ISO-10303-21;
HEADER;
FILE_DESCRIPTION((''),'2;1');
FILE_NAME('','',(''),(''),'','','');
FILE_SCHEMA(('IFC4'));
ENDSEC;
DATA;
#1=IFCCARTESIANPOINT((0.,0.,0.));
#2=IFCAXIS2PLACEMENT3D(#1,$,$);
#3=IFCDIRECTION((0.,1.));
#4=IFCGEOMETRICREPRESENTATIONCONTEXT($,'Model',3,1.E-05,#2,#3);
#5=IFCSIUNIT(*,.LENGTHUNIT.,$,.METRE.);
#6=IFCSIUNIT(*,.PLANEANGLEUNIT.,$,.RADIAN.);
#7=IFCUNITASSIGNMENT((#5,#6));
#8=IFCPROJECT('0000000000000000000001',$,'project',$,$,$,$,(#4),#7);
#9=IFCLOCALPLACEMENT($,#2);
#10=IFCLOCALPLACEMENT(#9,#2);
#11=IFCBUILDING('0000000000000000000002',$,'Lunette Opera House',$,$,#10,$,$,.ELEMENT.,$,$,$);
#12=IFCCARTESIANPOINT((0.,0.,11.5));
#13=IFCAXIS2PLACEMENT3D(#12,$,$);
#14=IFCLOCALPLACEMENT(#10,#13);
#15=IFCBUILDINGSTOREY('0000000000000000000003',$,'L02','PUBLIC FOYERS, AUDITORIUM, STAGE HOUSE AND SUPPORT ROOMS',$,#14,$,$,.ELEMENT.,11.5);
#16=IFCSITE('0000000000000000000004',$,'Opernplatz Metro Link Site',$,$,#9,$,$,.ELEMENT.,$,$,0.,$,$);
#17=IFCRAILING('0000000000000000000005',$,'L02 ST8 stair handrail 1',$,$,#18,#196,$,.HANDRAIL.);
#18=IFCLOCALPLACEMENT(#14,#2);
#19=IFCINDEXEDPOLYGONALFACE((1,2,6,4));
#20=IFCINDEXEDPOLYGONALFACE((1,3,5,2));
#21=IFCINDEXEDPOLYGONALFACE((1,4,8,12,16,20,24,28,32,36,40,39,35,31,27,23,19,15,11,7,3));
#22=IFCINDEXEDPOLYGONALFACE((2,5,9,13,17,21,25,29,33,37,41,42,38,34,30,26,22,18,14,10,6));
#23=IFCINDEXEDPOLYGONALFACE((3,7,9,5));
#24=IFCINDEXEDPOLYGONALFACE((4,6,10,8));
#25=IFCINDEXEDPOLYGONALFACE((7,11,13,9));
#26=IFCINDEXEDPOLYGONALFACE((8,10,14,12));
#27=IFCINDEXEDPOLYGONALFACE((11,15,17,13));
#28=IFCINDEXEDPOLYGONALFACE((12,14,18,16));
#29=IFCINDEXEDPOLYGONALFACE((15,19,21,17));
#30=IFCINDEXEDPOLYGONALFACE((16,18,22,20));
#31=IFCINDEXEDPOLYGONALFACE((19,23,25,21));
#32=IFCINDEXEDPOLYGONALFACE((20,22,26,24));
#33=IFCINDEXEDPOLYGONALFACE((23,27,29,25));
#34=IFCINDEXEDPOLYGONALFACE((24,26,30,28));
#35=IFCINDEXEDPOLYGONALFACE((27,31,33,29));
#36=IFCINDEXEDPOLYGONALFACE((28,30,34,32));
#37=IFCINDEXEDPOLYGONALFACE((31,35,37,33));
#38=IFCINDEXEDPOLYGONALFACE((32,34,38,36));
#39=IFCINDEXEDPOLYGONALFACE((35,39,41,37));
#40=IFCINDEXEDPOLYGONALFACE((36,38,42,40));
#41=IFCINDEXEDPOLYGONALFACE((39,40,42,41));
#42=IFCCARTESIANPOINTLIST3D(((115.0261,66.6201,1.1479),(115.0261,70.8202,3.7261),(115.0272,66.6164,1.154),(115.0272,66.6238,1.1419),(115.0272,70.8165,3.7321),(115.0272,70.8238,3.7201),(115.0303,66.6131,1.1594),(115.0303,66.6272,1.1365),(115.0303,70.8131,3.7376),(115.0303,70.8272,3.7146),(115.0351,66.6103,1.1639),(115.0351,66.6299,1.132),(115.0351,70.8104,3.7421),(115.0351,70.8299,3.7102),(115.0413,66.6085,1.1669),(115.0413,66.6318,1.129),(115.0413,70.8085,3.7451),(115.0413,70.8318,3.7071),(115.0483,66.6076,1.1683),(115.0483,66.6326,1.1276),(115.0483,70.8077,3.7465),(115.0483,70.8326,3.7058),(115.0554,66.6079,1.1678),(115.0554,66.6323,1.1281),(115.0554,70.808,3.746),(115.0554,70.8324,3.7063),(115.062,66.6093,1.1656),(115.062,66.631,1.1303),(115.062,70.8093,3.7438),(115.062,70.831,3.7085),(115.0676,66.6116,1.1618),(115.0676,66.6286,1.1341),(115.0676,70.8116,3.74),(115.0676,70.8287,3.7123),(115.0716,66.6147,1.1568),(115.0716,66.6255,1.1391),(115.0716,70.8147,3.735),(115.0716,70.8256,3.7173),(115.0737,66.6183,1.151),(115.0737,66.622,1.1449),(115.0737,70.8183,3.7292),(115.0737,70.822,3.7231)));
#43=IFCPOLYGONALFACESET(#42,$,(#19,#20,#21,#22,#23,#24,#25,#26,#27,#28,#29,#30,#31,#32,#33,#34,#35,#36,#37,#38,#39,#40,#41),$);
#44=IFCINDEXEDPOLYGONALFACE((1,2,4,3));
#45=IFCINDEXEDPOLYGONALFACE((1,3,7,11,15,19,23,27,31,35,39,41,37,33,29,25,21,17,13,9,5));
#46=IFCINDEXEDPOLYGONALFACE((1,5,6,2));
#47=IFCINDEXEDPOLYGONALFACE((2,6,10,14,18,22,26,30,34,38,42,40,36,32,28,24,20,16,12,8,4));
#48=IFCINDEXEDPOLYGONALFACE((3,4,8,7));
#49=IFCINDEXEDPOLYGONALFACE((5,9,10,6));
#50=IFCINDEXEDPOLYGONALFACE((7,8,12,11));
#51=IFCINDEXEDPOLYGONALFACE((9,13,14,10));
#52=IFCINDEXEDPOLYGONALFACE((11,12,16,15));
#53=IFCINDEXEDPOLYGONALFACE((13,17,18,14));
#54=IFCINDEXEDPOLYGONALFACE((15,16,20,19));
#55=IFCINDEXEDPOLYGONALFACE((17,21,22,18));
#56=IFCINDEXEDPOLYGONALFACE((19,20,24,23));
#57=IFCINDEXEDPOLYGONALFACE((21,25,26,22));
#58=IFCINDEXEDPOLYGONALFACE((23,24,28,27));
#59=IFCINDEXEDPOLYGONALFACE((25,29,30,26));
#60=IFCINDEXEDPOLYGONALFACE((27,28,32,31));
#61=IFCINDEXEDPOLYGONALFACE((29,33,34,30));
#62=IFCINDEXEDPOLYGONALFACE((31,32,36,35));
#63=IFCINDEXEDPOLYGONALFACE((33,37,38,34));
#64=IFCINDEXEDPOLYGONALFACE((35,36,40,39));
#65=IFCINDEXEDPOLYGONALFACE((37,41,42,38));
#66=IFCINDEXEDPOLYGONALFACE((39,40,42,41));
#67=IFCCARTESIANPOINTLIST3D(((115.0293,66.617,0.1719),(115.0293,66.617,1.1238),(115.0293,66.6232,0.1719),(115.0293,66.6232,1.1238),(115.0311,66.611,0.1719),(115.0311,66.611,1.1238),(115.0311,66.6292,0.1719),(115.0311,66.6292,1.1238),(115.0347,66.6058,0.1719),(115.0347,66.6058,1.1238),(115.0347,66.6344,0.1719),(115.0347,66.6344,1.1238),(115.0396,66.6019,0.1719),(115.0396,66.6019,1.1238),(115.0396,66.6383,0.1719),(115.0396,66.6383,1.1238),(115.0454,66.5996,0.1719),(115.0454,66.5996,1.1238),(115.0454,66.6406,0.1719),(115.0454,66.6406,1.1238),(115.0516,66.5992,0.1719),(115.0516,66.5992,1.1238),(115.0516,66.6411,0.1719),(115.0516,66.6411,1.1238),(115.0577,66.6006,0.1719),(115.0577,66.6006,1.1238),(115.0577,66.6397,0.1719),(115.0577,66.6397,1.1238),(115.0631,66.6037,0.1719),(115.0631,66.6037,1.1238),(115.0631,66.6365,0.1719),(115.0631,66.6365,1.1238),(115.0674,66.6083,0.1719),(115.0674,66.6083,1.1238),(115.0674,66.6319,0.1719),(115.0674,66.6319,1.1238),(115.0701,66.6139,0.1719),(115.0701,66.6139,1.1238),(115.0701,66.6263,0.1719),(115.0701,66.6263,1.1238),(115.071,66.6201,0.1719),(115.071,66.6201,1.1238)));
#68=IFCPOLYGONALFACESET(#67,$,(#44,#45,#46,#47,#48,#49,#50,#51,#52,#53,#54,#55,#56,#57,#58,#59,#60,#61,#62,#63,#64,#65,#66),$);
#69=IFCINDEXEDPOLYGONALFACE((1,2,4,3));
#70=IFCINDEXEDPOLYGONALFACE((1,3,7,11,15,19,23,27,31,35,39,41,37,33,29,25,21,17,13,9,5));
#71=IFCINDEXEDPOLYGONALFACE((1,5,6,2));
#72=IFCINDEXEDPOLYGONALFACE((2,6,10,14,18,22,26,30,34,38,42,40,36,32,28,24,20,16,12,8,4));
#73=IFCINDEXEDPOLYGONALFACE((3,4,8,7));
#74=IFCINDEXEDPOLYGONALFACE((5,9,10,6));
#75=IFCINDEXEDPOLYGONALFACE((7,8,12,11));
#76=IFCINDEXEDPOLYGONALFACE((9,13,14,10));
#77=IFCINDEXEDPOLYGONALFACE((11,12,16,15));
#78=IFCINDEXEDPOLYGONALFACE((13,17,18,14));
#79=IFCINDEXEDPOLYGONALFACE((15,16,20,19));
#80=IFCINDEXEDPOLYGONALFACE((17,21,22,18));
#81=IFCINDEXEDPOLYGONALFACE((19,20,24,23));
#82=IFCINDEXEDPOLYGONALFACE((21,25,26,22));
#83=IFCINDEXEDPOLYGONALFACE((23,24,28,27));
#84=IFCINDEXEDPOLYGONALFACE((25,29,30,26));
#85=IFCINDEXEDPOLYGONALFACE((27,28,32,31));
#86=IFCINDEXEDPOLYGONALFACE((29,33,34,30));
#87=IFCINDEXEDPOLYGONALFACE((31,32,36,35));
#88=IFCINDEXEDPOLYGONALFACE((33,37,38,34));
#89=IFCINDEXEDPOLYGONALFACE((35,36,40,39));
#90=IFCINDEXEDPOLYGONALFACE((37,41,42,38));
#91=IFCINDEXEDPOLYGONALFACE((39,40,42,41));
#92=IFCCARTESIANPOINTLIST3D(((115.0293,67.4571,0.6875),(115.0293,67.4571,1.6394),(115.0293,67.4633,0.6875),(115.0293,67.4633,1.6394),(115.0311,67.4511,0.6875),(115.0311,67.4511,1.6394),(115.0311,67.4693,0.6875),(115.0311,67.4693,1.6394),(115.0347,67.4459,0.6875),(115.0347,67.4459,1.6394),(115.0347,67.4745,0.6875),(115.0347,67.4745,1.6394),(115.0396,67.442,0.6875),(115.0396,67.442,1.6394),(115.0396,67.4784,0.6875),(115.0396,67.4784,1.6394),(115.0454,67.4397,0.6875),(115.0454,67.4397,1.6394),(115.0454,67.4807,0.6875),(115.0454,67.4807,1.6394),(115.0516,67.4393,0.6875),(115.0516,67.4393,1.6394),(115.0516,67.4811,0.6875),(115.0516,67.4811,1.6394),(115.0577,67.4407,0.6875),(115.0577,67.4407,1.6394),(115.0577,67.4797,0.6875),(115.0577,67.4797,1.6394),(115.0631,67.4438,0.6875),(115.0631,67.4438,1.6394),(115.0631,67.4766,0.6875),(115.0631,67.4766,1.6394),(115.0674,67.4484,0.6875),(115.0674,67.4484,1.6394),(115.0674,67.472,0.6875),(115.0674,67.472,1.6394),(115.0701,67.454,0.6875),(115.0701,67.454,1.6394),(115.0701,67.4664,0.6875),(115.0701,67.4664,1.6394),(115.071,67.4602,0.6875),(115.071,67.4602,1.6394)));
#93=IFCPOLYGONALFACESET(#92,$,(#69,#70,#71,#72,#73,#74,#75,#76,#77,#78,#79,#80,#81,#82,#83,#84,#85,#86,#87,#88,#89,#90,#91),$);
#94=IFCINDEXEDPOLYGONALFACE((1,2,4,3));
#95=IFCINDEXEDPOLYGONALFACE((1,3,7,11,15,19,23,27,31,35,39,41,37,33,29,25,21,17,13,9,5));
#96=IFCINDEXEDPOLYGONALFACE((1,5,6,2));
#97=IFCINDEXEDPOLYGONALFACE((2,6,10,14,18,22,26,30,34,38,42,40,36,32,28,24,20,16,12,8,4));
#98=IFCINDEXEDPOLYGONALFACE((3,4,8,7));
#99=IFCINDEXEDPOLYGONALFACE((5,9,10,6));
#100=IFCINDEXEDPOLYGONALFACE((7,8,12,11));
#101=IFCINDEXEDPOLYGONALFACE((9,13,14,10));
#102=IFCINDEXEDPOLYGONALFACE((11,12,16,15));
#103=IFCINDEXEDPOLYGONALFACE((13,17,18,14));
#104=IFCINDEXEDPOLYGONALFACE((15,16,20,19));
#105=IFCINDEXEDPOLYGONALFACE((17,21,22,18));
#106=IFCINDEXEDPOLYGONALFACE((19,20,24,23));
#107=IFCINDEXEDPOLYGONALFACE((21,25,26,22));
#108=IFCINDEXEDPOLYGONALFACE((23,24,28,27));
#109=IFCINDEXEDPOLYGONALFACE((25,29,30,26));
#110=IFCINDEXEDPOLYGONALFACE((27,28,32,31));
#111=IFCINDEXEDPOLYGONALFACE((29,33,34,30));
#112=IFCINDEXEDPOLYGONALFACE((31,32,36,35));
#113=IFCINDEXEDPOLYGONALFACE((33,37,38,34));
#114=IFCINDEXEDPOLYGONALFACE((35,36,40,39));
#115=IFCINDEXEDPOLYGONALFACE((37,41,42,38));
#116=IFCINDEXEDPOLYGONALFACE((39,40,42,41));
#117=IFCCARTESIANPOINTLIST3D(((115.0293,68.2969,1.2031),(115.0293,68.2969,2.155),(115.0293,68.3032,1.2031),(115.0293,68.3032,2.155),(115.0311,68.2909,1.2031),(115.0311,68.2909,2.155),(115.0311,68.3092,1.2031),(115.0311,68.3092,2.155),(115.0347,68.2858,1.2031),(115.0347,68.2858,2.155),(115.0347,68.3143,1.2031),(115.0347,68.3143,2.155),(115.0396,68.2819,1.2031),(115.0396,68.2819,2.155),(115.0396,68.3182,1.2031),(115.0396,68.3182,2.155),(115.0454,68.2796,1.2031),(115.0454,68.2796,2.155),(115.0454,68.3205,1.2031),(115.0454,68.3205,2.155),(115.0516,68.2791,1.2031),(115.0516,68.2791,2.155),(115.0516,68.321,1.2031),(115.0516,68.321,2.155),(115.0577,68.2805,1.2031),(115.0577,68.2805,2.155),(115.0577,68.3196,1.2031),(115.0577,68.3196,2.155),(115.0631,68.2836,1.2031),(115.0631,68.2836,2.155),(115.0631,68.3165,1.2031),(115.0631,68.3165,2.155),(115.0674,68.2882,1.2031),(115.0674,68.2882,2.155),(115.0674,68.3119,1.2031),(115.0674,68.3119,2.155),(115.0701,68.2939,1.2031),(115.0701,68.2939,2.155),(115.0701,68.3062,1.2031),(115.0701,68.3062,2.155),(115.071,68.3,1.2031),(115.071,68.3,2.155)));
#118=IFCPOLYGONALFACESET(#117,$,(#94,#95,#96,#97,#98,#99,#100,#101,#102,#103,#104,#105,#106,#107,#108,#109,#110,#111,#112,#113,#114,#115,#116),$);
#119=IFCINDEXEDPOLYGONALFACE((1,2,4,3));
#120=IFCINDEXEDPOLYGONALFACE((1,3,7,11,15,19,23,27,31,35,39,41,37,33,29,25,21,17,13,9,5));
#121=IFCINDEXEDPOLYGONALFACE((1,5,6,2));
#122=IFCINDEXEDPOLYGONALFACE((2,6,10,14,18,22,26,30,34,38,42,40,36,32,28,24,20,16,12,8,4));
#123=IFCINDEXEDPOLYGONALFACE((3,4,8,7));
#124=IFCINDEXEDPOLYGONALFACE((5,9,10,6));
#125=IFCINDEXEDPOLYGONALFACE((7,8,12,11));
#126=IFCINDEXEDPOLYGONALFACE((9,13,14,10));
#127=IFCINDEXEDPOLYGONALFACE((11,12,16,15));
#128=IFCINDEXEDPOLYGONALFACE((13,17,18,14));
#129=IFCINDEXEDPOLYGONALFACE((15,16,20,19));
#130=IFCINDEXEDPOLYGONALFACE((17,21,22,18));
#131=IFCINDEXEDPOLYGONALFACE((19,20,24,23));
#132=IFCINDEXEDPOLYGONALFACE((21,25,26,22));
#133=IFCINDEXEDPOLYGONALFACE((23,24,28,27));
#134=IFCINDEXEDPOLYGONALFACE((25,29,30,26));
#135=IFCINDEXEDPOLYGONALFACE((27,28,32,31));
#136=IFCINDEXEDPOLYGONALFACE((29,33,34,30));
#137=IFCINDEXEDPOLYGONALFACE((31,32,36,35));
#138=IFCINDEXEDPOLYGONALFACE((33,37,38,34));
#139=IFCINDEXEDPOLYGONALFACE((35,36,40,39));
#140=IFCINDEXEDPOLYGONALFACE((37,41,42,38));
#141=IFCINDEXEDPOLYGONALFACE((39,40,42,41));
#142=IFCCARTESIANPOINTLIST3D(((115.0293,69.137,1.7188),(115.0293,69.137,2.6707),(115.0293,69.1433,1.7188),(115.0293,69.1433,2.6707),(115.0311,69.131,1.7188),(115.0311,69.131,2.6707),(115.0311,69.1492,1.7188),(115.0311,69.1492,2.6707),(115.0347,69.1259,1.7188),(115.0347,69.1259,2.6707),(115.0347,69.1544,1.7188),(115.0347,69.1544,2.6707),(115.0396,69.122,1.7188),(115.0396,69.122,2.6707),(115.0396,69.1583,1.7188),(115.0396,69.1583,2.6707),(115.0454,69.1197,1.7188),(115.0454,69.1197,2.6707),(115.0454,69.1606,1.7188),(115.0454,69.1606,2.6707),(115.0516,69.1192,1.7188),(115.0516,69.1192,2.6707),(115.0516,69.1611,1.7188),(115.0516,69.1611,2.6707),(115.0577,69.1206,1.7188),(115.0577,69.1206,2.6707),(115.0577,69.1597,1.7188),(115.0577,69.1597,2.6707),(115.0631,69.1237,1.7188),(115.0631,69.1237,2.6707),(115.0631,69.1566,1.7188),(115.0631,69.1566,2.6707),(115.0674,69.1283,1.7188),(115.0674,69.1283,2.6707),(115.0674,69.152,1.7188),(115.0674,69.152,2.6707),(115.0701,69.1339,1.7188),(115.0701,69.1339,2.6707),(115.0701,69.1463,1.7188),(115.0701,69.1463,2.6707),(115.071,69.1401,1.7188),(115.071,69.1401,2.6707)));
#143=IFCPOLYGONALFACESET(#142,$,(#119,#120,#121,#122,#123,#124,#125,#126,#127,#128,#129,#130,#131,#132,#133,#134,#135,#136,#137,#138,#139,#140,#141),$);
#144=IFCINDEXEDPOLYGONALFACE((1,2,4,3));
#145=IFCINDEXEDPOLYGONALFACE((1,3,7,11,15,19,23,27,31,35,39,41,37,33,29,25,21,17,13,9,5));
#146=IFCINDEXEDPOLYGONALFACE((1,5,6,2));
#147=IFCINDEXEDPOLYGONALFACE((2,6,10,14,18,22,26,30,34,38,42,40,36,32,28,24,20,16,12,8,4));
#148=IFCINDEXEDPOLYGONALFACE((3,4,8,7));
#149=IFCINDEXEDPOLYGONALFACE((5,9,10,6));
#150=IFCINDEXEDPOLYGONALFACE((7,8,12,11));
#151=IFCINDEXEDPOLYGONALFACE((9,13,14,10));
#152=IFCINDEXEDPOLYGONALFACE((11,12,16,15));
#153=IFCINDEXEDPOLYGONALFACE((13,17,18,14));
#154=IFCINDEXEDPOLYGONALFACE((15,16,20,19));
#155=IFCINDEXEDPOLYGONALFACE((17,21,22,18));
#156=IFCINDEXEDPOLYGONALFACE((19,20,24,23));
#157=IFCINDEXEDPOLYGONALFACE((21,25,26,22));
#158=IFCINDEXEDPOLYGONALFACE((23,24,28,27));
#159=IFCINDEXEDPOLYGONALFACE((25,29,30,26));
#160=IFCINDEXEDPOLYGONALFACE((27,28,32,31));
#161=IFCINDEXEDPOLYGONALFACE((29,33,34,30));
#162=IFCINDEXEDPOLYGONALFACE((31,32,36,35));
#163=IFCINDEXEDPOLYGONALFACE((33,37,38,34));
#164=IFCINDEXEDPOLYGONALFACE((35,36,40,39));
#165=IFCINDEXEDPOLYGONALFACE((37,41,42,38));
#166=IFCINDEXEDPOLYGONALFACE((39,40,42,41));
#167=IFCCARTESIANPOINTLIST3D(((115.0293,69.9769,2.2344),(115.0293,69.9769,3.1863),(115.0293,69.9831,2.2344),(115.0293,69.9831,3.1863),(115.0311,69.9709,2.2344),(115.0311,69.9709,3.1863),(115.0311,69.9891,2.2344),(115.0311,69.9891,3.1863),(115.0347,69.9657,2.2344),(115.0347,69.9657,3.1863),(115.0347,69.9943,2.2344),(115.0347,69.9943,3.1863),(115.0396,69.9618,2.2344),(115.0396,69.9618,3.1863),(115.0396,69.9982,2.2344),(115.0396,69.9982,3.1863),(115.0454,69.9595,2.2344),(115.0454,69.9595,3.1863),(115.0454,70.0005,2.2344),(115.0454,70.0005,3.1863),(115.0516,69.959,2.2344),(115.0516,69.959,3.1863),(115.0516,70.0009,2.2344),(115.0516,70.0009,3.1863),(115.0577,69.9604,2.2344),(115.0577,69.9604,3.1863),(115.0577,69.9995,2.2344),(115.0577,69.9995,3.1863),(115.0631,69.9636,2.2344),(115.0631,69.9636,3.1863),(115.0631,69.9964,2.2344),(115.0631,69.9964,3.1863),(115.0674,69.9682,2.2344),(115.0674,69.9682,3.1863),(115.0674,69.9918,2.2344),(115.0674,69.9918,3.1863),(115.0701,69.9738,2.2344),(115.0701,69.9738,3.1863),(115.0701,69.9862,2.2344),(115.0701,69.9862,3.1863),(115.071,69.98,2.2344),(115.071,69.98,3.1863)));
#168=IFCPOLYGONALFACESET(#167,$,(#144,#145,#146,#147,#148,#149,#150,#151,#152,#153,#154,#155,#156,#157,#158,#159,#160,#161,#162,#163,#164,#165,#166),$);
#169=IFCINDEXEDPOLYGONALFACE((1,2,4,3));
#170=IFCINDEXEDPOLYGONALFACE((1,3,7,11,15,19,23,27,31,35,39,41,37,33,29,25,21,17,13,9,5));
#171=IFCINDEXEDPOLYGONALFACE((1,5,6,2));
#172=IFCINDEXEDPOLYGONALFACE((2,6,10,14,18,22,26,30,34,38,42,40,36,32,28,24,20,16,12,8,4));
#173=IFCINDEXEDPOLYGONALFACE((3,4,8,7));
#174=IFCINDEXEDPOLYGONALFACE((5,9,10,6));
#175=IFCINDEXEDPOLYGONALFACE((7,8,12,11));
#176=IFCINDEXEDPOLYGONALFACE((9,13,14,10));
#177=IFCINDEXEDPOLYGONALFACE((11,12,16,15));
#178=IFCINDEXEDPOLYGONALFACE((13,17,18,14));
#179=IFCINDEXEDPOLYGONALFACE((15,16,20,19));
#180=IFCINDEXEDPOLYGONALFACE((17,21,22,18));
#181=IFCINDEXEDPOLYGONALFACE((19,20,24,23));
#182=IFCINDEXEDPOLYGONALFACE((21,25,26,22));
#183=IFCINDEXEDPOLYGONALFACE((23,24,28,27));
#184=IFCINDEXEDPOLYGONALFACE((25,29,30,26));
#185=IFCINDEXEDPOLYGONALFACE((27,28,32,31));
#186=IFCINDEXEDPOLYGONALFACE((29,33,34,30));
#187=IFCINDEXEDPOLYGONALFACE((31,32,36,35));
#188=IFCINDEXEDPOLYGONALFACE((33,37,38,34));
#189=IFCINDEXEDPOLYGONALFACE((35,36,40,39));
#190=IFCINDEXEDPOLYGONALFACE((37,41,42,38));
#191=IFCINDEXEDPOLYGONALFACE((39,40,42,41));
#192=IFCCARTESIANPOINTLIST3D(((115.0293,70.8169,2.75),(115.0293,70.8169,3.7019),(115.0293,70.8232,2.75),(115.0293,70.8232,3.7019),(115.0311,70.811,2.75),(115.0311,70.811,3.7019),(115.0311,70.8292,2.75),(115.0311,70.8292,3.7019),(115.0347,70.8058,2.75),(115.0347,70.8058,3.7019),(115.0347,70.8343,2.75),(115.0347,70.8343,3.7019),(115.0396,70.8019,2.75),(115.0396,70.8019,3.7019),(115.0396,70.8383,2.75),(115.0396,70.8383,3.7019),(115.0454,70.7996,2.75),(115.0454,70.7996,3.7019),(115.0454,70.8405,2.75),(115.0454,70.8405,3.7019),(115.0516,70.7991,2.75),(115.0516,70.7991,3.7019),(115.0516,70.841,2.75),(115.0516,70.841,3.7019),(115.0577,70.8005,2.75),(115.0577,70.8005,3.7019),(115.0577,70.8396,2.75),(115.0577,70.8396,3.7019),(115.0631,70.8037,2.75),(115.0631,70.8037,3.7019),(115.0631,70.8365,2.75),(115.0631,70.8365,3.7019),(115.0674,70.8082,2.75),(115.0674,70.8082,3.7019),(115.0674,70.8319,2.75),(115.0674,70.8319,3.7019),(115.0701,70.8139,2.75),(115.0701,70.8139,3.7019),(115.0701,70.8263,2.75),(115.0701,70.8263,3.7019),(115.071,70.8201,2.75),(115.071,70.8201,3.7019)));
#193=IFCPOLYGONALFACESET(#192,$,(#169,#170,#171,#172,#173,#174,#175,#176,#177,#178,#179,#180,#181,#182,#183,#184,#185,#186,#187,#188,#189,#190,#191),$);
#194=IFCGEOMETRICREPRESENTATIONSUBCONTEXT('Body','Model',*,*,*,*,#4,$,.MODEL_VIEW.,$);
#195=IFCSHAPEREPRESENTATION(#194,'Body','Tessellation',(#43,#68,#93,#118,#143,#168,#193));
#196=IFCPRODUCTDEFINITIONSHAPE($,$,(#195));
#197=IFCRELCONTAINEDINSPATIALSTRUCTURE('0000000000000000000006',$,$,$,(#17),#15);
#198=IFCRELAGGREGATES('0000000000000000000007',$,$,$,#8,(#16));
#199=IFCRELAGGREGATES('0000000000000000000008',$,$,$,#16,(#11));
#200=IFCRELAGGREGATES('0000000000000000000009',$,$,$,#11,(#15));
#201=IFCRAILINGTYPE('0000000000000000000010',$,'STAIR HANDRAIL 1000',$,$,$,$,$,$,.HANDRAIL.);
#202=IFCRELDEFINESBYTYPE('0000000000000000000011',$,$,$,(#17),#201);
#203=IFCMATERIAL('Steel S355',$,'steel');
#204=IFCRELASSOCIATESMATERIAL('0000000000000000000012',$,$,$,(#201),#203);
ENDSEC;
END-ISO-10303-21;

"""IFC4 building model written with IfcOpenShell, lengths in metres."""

from ifc_helpers import new_model, si_unit, direction, frame, origin, origin_2d, place, context, subcontext, project, spatial, circle, extrude, material, type_object, element, save


model = new_model("IFC4")

# Units and contexts
model_context = context("Model", 3, precision=1e-05, world=origin(), true_north=direction((0.0, 1.0)))
body_context = subcontext(model_context, "Body", "Model", "MODEL_VIEW")
ifc_project = project(units=[si_unit("LENGTHUNIT", "METRE"), si_unit("PLANEANGLEUNIT", "RADIAN")], contexts=[model_context])

# Site, building, storey
site_placement = place(None, origin())
site = spatial("IfcSite", under=ifc_project, at=site_placement, Name="Opernplatz Metro Link Site", CompositionType="ELEMENT", RefElevation=0.0)
building_placement = place(site_placement, origin())
building = spatial("IfcBuilding", under=site, at=building_placement, Name="Lunette Opera House", CompositionType="ELEMENT")
storey_placement = place(building_placement, frame((0.0, 0.0, 11.5)))
storey = spatial("IfcBuildingStorey", under=building, at=storey_placement, Name="L02", Description="PUBLIC FOYERS, AUDITORIUM, STAGE HOUSE AND SUPPORT ROOMS", CompositionType="ELEMENT", Elevation=11.5)

# Railing
ifc_material_1 = material(Name="Steel S355", Category="steel")
railing_type_1 = type_object("IfcRailingType", Name="STAIR HANDRAIL 1000", PredefinedType="HANDRAIL", material=ifc_material_1)
railing_1_placement = place(storey_placement, frame((115.05, 66.6201, 0.1719)))
element("IfcRailing", 1, at=railing_1_placement, inside=storey, type_object=railing_type_1, Name="L02 ST8 stair handrail 1", PredefinedType="HANDRAIL", context=body_context, shape_type="SweptSolid", body=[
    extrude(circle(Radius=0.0239, at=origin_2d()), frame((0.0, 0.0, 0.9761), z_axis=(0.0, 0.852243, 0.523146), x_axis=(-1.0, 0.0, 0.0)), (0.0, 0.0, 1.0), 4.9282),
    extrude(circle(Radius=0.021, at=origin_2d()), origin(), (0.0, 0.0, 1.0), 0.9519),
    extrude(circle(Radius=0.021, at=origin_2d()), frame((0.0, 0.8401, 0.5156)), (0.0, 0.0, 1.0), 0.9519),
    extrude(circle(Radius=0.021, at=origin_2d()), frame((0.0, 1.6799, 1.0312)), (0.0, 0.0, 1.0), 0.9519),
    extrude(circle(Radius=0.021, at=origin_2d()), frame((0.0, 2.52, 1.5469)), (0.0, 0.0, 1.0), 0.9519),
    extrude(circle(Radius=0.021, at=origin_2d()), frame((0.0, 3.3599, 2.0625)), (0.0, 0.0, 1.0), 0.9519),
    extrude(circle(Radius=0.021, at=origin_2d()), frame((0.0, 4.2, 2.5781)), (0.0, 0.0, 1.0), 0.9519),
])

save(model, "model.ifc")
